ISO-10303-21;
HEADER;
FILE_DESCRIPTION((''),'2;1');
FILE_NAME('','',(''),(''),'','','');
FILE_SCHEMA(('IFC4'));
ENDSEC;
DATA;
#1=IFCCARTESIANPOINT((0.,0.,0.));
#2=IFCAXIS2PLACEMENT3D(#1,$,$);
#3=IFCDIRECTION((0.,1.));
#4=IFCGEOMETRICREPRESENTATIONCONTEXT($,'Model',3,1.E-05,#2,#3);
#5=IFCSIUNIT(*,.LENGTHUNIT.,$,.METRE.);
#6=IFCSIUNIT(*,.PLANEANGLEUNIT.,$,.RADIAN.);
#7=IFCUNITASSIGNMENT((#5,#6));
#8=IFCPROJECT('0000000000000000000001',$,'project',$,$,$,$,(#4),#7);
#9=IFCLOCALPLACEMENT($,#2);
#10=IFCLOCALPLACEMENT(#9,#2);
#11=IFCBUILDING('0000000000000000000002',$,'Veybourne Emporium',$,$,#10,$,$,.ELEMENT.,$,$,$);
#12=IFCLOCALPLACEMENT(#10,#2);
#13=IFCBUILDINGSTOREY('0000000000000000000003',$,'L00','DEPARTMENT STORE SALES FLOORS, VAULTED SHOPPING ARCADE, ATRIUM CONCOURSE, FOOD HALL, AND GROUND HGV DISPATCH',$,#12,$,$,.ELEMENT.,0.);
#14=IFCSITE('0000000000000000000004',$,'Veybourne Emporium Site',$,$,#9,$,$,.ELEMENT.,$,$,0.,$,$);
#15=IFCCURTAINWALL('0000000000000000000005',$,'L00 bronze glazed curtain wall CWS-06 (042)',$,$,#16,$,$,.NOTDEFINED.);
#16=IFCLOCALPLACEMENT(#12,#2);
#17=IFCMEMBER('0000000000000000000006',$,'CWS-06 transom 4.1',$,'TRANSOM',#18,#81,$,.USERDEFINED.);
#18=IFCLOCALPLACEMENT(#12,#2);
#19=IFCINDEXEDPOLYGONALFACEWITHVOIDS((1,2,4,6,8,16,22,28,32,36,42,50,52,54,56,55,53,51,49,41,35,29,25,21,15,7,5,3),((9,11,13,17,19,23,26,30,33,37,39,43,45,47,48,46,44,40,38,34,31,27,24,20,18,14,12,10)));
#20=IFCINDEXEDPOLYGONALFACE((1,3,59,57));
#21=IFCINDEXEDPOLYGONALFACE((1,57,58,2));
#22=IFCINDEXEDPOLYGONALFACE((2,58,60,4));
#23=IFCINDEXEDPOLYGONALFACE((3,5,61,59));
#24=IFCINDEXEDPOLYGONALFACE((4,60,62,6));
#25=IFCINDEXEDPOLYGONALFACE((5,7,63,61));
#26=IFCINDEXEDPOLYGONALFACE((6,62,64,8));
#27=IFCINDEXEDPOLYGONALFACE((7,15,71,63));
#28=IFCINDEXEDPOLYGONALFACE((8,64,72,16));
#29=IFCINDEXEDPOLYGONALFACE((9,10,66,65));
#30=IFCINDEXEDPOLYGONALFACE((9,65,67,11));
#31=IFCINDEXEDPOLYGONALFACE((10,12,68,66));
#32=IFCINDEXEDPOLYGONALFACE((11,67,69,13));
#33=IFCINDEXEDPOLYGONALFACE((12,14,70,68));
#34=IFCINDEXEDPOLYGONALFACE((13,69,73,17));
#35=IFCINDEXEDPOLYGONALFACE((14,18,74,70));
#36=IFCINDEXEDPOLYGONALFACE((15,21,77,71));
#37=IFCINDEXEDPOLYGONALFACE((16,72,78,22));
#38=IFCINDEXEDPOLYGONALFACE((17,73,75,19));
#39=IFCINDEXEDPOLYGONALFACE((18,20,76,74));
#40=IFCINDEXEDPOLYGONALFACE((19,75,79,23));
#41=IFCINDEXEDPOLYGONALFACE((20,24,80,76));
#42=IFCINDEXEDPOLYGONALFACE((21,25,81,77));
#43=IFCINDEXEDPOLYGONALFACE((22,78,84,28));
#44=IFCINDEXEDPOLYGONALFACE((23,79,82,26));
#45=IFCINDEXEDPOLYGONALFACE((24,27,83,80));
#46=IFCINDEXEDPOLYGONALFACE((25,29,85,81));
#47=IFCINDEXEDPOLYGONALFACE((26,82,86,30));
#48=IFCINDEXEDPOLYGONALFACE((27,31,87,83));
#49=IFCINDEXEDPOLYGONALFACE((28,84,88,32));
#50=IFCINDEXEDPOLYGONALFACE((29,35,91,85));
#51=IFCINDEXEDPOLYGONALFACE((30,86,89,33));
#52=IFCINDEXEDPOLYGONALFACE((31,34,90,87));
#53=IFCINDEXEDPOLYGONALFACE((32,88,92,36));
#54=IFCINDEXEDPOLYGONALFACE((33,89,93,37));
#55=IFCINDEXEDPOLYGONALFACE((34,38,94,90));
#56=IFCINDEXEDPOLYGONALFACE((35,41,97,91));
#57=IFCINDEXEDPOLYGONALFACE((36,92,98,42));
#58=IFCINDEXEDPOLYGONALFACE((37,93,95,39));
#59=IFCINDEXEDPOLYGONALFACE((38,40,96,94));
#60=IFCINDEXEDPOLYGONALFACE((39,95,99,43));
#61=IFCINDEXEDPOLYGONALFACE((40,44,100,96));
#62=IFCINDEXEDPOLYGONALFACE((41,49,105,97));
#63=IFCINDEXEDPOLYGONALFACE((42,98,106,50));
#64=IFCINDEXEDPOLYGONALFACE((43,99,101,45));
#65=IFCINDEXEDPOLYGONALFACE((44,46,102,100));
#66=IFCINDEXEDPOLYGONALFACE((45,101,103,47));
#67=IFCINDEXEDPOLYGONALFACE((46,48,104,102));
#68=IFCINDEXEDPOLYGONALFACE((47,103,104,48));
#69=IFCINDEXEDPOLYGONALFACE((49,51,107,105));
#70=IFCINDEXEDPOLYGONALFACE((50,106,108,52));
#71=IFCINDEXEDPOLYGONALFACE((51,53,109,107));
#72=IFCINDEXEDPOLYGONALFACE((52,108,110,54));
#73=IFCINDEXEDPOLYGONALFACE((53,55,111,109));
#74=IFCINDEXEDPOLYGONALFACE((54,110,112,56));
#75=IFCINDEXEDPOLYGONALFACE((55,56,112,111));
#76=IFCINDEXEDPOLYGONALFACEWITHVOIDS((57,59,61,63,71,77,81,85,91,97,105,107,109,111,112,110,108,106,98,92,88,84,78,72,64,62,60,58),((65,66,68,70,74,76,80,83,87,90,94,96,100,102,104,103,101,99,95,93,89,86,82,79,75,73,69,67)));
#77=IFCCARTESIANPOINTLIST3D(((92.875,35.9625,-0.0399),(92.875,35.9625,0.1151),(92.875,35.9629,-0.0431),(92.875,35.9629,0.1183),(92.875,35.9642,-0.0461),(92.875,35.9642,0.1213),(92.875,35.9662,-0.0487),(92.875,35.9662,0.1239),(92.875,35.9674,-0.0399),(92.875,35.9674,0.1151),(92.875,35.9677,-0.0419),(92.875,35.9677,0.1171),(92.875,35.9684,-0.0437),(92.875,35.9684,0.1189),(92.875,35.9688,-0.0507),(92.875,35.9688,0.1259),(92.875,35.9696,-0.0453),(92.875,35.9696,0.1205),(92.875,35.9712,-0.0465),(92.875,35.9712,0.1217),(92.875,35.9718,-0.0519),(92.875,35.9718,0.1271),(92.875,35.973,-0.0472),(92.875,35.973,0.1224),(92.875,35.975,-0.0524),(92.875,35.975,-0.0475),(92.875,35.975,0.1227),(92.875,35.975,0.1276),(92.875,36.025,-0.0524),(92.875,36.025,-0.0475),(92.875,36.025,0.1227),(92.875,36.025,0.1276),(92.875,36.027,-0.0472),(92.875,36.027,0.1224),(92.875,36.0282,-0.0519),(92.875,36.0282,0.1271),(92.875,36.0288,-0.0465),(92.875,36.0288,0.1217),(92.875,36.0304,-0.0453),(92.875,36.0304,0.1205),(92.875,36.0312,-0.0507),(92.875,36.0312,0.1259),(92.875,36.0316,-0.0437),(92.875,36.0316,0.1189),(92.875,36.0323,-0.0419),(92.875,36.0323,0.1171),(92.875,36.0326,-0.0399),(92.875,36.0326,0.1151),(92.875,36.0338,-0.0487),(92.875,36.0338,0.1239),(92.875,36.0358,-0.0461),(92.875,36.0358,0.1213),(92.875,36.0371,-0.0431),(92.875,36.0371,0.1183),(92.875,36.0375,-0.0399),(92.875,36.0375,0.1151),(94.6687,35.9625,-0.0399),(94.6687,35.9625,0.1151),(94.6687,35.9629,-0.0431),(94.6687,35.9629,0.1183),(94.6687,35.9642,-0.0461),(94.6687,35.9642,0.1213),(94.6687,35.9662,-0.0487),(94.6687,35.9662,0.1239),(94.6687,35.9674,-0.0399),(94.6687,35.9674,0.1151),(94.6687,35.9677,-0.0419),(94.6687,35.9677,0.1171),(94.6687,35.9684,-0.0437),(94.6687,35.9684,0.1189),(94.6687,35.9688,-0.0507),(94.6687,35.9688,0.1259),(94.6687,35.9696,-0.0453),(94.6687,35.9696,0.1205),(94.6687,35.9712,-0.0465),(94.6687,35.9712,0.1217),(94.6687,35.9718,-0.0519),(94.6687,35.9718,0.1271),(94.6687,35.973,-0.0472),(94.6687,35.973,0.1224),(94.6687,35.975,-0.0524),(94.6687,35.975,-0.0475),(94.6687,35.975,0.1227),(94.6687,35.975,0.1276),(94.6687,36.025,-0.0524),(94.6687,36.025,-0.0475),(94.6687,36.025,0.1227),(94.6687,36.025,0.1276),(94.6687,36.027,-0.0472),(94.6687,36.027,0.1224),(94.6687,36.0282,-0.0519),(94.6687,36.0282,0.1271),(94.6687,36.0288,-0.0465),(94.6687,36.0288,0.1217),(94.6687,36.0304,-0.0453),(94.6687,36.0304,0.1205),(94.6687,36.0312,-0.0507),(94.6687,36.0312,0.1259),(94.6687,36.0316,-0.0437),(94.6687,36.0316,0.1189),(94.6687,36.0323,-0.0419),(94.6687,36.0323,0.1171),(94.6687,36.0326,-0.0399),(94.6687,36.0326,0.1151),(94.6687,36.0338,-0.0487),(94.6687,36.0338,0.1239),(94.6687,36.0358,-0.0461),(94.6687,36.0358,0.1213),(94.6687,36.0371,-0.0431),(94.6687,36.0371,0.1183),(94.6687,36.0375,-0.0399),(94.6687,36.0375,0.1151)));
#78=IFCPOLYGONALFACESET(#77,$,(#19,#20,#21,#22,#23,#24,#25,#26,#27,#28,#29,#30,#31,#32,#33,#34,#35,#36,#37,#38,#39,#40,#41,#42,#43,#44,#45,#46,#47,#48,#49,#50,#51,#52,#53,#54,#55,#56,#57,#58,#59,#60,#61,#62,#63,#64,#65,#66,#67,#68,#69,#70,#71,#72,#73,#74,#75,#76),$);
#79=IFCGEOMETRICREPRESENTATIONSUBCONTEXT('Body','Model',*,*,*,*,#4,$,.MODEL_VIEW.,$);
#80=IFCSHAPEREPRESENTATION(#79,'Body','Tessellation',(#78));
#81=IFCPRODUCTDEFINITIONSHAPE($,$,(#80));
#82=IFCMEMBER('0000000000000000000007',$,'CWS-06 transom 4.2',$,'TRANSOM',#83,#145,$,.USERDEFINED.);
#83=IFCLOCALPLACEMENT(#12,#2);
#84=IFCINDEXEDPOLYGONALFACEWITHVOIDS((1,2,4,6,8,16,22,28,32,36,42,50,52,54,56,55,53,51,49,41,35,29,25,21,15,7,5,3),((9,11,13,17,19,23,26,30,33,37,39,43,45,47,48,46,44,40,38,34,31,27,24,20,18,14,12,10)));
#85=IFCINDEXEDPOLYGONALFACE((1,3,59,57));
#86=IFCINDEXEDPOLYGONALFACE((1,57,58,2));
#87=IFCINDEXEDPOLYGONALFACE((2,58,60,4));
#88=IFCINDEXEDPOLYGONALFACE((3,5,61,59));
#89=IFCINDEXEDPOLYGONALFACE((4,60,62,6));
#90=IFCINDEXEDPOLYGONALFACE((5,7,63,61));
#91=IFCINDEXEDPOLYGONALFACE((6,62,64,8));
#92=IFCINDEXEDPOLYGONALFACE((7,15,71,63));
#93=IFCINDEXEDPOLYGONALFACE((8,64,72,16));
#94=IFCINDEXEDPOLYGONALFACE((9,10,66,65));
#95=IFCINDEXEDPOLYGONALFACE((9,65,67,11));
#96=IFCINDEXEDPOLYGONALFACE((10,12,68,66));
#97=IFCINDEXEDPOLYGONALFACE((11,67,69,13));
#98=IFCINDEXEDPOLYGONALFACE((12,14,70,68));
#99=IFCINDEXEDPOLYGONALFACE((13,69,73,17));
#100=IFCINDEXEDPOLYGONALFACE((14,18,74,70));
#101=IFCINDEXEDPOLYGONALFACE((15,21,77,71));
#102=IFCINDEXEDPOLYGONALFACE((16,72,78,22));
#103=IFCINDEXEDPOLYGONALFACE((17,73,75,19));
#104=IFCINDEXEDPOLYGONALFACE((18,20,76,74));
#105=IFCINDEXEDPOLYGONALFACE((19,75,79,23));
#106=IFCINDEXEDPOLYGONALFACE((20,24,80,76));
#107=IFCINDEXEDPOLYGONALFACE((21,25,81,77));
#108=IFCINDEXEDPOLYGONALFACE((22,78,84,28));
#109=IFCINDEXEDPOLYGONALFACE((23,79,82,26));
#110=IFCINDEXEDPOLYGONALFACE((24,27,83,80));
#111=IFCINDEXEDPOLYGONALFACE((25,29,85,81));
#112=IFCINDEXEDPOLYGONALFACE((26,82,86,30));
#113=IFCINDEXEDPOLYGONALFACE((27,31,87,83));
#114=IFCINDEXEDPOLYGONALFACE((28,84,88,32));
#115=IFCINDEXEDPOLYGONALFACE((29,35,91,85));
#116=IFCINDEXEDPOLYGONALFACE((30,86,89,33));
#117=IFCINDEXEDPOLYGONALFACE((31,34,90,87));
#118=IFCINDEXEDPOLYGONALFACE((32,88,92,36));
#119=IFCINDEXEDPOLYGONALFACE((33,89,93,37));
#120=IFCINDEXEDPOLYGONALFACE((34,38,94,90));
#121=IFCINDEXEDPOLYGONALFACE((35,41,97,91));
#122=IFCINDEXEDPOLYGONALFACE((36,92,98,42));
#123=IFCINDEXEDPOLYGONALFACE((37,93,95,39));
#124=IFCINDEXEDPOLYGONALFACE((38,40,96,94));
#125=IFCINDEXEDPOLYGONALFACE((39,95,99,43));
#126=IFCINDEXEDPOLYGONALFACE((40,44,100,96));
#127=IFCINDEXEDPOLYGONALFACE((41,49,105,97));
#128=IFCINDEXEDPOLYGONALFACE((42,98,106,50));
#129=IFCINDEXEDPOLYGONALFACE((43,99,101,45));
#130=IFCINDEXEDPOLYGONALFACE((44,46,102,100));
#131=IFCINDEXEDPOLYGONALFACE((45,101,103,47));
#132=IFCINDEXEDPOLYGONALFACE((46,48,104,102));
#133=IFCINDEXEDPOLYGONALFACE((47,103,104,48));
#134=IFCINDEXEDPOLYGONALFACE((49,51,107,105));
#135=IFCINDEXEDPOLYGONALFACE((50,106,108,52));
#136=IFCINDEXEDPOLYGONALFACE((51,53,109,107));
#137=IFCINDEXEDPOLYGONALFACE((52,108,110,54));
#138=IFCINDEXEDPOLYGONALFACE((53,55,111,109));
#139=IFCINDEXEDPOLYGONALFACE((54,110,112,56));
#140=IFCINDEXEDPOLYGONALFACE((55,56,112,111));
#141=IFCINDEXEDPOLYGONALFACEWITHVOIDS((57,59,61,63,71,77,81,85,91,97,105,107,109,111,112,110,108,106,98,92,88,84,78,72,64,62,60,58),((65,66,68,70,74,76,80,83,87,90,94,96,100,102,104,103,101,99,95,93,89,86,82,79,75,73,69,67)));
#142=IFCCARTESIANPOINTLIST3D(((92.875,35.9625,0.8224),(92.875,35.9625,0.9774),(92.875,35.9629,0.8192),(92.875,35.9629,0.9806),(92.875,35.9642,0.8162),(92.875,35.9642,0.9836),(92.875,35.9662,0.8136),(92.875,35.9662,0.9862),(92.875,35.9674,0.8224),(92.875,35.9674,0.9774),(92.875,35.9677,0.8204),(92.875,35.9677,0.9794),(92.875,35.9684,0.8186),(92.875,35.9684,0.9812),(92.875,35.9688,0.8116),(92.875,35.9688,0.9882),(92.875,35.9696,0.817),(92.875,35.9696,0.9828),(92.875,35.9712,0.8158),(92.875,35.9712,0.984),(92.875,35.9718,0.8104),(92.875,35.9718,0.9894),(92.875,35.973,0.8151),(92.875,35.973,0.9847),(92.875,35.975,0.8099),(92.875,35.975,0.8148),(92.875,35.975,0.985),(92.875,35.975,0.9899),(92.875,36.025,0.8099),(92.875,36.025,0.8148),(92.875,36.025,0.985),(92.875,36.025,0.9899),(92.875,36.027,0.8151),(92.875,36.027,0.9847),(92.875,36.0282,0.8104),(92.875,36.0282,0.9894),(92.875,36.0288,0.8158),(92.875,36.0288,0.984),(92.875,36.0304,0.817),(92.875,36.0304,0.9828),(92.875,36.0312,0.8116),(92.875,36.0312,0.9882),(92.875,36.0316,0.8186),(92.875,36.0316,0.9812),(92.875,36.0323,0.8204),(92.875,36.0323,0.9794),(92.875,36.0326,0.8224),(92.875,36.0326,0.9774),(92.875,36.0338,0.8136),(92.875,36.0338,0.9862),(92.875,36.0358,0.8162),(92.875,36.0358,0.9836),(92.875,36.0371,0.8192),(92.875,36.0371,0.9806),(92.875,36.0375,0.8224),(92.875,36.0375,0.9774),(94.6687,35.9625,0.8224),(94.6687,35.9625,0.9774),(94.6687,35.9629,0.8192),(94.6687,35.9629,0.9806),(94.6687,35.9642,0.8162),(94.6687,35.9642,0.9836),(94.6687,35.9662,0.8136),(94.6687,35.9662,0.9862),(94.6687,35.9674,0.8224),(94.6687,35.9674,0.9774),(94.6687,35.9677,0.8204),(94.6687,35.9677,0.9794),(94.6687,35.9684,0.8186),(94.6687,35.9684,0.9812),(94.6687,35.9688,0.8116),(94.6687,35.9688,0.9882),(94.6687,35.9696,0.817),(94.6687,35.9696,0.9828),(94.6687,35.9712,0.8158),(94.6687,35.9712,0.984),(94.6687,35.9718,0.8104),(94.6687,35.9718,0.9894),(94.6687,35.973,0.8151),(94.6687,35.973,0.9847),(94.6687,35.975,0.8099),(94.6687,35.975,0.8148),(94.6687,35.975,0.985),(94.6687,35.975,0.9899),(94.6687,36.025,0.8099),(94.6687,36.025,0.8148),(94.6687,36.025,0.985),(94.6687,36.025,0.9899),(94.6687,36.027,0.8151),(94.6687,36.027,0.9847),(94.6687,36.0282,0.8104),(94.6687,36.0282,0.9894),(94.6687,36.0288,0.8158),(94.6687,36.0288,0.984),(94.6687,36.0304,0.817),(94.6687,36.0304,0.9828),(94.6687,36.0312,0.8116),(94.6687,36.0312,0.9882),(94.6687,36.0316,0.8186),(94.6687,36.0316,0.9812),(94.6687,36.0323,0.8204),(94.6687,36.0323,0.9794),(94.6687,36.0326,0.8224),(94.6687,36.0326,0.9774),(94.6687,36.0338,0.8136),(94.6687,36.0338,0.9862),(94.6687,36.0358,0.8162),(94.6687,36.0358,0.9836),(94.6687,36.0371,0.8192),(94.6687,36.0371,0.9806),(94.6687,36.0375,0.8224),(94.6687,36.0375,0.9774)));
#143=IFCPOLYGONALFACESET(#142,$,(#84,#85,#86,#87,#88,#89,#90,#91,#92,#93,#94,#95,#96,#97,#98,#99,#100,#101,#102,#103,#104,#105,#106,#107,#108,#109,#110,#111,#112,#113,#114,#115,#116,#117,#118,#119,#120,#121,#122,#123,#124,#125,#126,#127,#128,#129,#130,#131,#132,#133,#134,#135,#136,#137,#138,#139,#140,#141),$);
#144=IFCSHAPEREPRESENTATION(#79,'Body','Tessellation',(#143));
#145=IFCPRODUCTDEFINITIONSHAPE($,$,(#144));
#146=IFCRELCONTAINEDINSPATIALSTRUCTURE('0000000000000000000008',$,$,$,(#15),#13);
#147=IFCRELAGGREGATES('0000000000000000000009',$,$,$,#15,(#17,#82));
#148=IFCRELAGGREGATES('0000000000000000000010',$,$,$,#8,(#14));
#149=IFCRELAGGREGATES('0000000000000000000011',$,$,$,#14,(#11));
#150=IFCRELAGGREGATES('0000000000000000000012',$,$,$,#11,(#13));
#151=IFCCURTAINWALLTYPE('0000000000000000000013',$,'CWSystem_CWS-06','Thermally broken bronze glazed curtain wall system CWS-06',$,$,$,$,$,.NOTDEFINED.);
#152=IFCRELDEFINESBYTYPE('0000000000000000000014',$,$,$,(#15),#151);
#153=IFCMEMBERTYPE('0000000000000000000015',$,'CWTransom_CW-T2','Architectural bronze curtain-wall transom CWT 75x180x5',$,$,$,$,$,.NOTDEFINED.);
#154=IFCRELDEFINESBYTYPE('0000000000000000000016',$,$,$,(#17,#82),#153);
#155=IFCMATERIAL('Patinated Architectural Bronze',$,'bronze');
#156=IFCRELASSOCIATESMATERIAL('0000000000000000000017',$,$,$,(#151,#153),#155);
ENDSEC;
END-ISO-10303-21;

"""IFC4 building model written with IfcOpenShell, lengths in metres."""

from ifc_helpers import new_model, si_unit, direction, frame, origin, origin_2d, place, context, subcontext, project, spatial, hollow_rectangle, extrude, material, material_profile, profile_set, type_object, element, aggregate, save


model = new_model("IFC4")

# Units and contexts
model_context = context("Model", 3, precision=1e-05, world=origin(), true_north=direction((0.0, 1.0)))
body_context = subcontext(model_context, "Body", "Model", "MODEL_VIEW")
ifc_project = project(units=[si_unit("LENGTHUNIT", "METRE"), si_unit("PLANEANGLEUNIT", "RADIAN")], contexts=[model_context])

# Site, building, storey
site_placement = place(None, origin())
site = spatial("IfcSite", under=ifc_project, at=site_placement, Name="Veybourne Emporium Site", CompositionType="ELEMENT", RefElevation=0.0)
building_placement = place(site_placement, origin())
building = spatial("IfcBuilding", under=site, at=building_placement, Name="Veybourne Emporium", CompositionType="ELEMENT")
storey_placement = place(building_placement, origin())
storey = spatial("IfcBuildingStorey", under=building, at=storey_placement, Name="L00", Description="DEPARTMENT STORE SALES FLOORS, VAULTED SHOPPING ARCADE, ATRIUM CONCOURSE, FOOD HALL, AND GROUND HGV DISPATCH", CompositionType="ELEMENT", Elevation=0.0)

# Curtain wall, members
ifc_material_1 = material(Name="Patinated Architectural Bronze", Category="bronze")
curtain_wall_type = type_object("IfcCurtainWallType", Name="CWSystem_CWS-06", Description="Thermally broken bronze glazed curtain wall system CWS-06", PredefinedType="NOTDEFINED", material=ifc_material_1)
curtain_wall_placement = place(storey_placement, origin())
curtain_wall = element("IfcCurtainWall", 1, at=curtain_wall_placement, inside=storey, type_object=curtain_wall_type, Name="L00 bronze glazed curtain wall CWS-06 (042)", PredefinedType="NOTDEFINED")
ifc_material_profile_1 = material_profile(ifc_material_1, hollow_rectangle(XDim=0.075, YDim=0.1799, WallThickness=0.0049, InnerFilletRadius=0.0076, OuterFilletRadius=0.0125, at=origin_2d()), Name="CWT 75x180x5")
ifc_profile_set_1 = profile_set([ifc_material_profile_1], Name="Patinated Architectural Bronze")
member_type_1 = type_object("IfcMemberType", Name="CWTransom_CW-T2", Description="Architectural bronze curtain-wall transom CWT 75x180x5", PredefinedType="NOTDEFINED", material=ifc_profile_set_1)
member_1_placement = place(storey_placement, frame((94.6687, 36.0, 0.0376), z_axis=(-1.0, 0.0, 0.0), x_axis=(0.0, -1.0, 0.0)))
member_1 = element("IfcMember", 2, at=member_1_placement, type_object=member_type_1, Name="CWS-06 transom 4.1", ObjectType="TRANSOM", PredefinedType="USERDEFINED", context=body_context, shape_type="SweptSolid", body=[
    extrude(hollow_rectangle(XDim=0.075, YDim=0.1799, WallThickness=0.0049, InnerFilletRadius=0.0076, OuterFilletRadius=0.0125, at=origin_2d()), origin(), (0.0, 0.0, 1.0), 1.7937),
])
member_2_placement = place(storey_placement, frame((94.6687, 36.0, 0.8999), z_axis=(-1.0, 0.0, 0.0), x_axis=(0.0, -1.0, 0.0)))
member_2 = element("IfcMember", 3, at=member_2_placement, type_object=member_type_1, Name="CWS-06 transom 4.2", ObjectType="TRANSOM", PredefinedType="USERDEFINED", context=body_context, shape_type="SweptSolid", body=[
    extrude(hollow_rectangle(XDim=0.075, YDim=0.1799, WallThickness=0.0049, InnerFilletRadius=0.0076, OuterFilletRadius=0.0125, at=origin_2d()), origin(), (0.0, 0.0, 1.0), 1.7937),
])

aggregate(curtain_wall, [member_1, member_2])

save(model, "model.ifc")
